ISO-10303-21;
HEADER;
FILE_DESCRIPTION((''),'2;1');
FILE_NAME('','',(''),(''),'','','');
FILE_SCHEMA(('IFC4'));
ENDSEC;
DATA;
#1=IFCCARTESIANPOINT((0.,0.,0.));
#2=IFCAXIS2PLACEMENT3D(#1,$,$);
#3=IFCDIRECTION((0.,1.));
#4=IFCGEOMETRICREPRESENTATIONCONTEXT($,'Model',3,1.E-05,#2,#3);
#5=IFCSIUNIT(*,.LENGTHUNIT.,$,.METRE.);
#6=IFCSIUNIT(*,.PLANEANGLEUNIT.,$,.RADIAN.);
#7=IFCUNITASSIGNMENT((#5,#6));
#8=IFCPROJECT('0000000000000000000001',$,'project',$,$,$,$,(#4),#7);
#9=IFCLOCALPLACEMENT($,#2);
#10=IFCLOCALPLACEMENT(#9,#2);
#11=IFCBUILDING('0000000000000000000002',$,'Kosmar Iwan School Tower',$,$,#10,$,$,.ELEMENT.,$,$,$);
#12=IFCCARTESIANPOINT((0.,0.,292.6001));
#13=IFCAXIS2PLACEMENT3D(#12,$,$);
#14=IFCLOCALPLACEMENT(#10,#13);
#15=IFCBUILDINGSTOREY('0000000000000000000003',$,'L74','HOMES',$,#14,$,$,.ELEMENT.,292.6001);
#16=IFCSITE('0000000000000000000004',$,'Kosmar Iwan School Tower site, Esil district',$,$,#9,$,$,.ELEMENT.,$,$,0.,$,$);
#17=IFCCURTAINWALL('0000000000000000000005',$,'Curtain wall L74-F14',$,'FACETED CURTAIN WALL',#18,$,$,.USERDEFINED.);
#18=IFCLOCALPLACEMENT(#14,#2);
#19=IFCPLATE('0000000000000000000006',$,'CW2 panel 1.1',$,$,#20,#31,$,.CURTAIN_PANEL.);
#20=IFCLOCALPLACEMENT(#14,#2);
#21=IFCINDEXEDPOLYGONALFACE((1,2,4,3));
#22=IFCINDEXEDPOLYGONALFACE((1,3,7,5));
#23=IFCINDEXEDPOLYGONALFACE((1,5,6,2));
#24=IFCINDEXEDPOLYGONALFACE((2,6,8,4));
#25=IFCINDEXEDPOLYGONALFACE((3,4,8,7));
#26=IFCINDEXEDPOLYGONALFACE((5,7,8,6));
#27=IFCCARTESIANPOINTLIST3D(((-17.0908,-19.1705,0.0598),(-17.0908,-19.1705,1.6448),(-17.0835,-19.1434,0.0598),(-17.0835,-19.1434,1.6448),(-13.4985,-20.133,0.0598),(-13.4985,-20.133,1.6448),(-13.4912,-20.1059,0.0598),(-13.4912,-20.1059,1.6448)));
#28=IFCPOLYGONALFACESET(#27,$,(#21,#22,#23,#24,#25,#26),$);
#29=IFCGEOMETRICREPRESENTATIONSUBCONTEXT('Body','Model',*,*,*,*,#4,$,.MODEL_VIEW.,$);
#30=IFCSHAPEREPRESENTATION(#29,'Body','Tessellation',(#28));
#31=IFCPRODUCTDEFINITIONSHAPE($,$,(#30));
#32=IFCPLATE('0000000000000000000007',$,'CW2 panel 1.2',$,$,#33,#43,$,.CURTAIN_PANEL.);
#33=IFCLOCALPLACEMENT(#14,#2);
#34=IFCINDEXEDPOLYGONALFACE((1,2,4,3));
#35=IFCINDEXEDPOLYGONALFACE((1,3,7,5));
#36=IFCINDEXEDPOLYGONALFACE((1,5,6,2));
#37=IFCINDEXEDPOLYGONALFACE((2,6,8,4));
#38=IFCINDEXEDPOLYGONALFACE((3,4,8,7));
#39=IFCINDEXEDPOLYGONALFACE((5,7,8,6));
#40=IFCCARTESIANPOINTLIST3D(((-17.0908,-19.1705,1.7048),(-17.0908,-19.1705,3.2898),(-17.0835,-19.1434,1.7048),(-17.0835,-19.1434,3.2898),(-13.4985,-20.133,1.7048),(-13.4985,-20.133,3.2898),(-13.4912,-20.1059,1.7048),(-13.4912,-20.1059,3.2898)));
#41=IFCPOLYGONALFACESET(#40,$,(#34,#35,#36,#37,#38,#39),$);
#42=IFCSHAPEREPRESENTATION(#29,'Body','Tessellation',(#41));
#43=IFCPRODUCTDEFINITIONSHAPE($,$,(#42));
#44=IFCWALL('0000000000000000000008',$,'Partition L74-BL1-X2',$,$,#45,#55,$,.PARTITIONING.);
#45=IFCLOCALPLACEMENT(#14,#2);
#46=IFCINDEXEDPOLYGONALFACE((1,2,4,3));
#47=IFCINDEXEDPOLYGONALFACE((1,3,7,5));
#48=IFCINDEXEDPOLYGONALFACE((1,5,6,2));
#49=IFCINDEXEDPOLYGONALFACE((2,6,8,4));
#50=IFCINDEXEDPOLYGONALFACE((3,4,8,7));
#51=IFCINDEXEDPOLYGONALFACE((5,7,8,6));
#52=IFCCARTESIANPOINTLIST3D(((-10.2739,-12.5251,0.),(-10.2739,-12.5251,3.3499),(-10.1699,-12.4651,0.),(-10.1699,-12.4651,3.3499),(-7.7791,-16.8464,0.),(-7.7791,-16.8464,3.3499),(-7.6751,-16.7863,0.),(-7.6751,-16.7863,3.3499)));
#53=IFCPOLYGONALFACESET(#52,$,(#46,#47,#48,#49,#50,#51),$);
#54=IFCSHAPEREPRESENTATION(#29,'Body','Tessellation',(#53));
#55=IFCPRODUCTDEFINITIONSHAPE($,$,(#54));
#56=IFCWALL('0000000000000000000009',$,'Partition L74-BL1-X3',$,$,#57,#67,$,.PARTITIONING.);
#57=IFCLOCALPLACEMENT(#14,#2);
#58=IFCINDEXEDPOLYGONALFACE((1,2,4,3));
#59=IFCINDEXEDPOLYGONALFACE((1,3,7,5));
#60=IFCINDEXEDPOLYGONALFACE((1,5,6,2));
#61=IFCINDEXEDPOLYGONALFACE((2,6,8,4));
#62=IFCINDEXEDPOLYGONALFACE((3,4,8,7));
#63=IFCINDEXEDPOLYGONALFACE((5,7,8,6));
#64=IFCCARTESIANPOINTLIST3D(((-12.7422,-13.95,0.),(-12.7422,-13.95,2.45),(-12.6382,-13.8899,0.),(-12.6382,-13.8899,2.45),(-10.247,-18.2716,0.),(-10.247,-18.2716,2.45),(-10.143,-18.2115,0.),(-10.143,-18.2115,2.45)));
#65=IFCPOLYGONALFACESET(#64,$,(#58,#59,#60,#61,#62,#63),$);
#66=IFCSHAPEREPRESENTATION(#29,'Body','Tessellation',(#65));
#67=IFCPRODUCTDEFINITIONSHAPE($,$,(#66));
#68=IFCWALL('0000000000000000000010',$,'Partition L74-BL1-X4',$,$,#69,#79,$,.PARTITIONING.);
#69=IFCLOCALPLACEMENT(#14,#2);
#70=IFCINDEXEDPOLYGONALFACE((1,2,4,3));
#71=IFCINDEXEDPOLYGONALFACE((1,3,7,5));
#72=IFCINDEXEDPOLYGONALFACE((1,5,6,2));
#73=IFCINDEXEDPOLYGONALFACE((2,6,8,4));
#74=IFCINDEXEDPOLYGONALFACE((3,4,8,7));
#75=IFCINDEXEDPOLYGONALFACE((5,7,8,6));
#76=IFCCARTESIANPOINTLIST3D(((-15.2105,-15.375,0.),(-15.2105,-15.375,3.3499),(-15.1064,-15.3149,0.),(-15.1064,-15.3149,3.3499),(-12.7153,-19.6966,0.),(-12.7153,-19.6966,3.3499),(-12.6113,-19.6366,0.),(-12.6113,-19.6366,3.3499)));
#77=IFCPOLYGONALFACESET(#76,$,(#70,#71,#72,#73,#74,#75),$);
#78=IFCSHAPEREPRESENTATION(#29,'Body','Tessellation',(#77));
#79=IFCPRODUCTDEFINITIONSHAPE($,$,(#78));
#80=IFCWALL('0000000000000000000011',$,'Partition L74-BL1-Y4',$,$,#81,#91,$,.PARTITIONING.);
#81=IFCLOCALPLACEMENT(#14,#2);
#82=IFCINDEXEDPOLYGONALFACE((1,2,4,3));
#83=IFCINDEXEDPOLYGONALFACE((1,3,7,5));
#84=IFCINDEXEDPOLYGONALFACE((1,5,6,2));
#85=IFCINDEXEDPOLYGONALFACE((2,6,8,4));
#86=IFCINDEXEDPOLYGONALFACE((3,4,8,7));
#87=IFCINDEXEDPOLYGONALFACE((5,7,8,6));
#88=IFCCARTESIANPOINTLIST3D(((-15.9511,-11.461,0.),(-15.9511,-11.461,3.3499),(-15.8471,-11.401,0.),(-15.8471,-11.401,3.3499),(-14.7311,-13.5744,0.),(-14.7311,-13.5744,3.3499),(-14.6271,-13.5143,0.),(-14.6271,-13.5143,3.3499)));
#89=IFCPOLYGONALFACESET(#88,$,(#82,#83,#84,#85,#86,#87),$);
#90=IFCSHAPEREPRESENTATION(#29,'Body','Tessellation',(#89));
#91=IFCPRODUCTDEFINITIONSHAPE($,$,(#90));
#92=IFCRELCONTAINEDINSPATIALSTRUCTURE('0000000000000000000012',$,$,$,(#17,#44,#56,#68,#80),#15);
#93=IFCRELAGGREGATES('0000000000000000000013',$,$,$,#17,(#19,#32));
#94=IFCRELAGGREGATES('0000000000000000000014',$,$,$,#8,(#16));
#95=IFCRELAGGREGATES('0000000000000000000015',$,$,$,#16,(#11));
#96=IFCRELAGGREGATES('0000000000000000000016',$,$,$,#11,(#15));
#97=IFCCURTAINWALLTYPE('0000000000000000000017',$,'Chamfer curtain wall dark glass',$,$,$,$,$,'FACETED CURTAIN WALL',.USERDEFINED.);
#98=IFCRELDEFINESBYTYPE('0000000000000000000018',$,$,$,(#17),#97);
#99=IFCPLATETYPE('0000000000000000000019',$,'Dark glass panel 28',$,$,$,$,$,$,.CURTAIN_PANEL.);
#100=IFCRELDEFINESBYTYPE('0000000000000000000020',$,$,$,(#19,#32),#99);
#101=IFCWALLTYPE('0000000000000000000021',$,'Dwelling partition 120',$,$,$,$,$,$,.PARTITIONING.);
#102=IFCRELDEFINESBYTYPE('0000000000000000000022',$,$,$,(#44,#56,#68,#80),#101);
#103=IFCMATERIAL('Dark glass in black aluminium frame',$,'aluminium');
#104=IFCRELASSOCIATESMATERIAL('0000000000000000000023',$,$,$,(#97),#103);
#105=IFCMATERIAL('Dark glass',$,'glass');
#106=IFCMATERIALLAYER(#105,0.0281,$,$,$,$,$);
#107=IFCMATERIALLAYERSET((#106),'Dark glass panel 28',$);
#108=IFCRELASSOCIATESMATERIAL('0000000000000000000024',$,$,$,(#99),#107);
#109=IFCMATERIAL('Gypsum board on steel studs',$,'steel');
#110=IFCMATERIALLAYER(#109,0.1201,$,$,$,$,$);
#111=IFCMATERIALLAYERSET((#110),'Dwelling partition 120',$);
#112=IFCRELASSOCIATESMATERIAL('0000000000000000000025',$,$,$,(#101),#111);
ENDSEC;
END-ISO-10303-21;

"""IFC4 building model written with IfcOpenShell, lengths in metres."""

from ifc_helpers import new_model, si_unit, direction, frame, frame_2d, origin, origin_2d, place, context, subcontext, project, spatial, rectangle, extrude, material, layer, layer_set, type_object, element, aggregate, save


model = new_model("IFC4")

# Units and contexts
model_context = context("Model", 3, precision=1e-05, world=origin(), true_north=direction((0.0, 1.0)))
body_context = subcontext(model_context, "Body", "Model", "MODEL_VIEW")
ifc_project = project(units=[si_unit("LENGTHUNIT", "METRE"), si_unit("PLANEANGLEUNIT", "RADIAN")], contexts=[model_context])

# Site, building, storey
site_placement = place(None, origin())
site = spatial("IfcSite", under=ifc_project, at=site_placement, Name="Kosmar Iwan School Tower site, Esil district", CompositionType="ELEMENT", RefElevation=0.0)
building_placement = place(site_placement, origin())
building = spatial("IfcBuilding", under=site, at=building_placement, Name="Kosmar Iwan School Tower", CompositionType="ELEMENT")
storey_placement = place(building_placement, frame((0.0, 0.0, 292.6001)))
storey = spatial("IfcBuildingStorey", under=building, at=storey_placement, Name="L74", Description="HOMES", CompositionType="ELEMENT", Elevation=292.6001)

# Curtain wall
ifc_material_1 = material(Name="Dark glass in black aluminium frame", Category="aluminium")
curtain_wall_type = type_object("IfcCurtainWallType", Name="Chamfer curtain wall dark glass", ElementType="FACETED CURTAIN WALL", PredefinedType="USERDEFINED", material=ifc_material_1)
curtain_wall_placement = place(storey_placement, origin())
curtain_wall = element("IfcCurtainWall", 1, at=curtain_wall_placement, inside=storey, type_object=curtain_wall_type, Name="Curtain wall L74-F14", ObjectType="FACETED CURTAIN WALL", PredefinedType="USERDEFINED")

# Plates
ifc_material_2 = material(Name="Dark glass", Category="glass")
ifc_layer_1 = layer(ifc_material_2, 0.0281)
ifc_layer_set_1 = layer_set([ifc_layer_1], Name="Dark glass panel 28")
plate_type = type_object("IfcPlateType", Name="Dark glass panel 28", PredefinedType="CURTAIN_PANEL", material=ifc_layer_set_1)
plate_1_placement = place(storey_placement, frame((-15.291, -19.6382, 0.0598), z_axis=(0.0, 0.0, 1.0), x_axis=(0.965926, -0.258819, 0.0)))
plate_1 = element("IfcPlate", 2, at=plate_1_placement, type_object=plate_type, Name="CW2 panel 1.1", PredefinedType="CURTAIN_PANEL", context=body_context, shape_type="SweptSolid", body=[
    extrude(rectangle(XDim=3.719, YDim=0.0281, at=origin_2d()), origin(), (0.0, 0.0, 1.0), 1.585),
])
plate_2_placement = place(storey_placement, frame((-15.291, -19.6382, 1.7048), z_axis=(0.0, 0.0, 1.0), x_axis=(0.965926, -0.258819, 0.0)))
plate_2 = element("IfcPlate", 3, at=plate_2_placement, type_object=plate_type, Name="CW2 panel 1.2", PredefinedType="CURTAIN_PANEL", context=body_context, shape_type="SweptSolid", body=[
    extrude(rectangle(XDim=3.719, YDim=0.0281, at=origin_2d()), origin(), (0.0, 0.0, 1.0), 1.585),
])
aggregate(curtain_wall, [plate_1, plate_2])

# Walls
ifc_material_3 = material(Name="Gypsum board on steel studs", Category="steel")
ifc_layer_2 = layer(ifc_material_3, 0.1201)
ifc_layer_set_2 = layer_set([ifc_layer_2], Name="Dwelling partition 120")
wall_type = type_object("IfcWallType", Name="Dwelling partition 120", PredefinedType="PARTITIONING", material=ifc_layer_set_2)
wall_1_placement = place(storey_placement, frame((-10.2219, -12.4951, 0.0), z_axis=(0.0, 0.0, 1.0), x_axis=(0.499996, -0.866028, 0.0)))
element("IfcWall", 4, at=wall_1_placement, inside=storey, type_object=wall_type, Name="Partition L74-BL1-X2", PredefinedType="PARTITIONING", context=body_context, shape_type="SweptSolid", body=[
    extrude(rectangle(XDim=4.9897, YDim=0.1201, at=frame_2d((2.4949, 0.0))), origin(), (0.0, 0.0, 1.0), 3.3499),
])
wall_2_placement = place(storey_placement, frame((-12.6902, -13.9199, 0.0), z_axis=(0.0, 0.0, 1.0), x_axis=(0.500012, -0.866019, 0.0)))
element("IfcWall", 5, at=wall_2_placement, inside=storey, type_object=wall_type, Name="Partition L74-BL1-X3", PredefinedType="PARTITIONING", context=body_context, shape_type="SweptSolid", body=[
    extrude(rectangle(XDim=4.9902, YDim=0.1201, at=frame_2d((2.4951, 0.0))), origin(), (0.0, 0.0, 1.0), 2.45),
])
wall_3_placement = place(storey_placement, frame((-15.1584, -15.345, 0.0), z_axis=(0.0, 0.0, 1.0), x_axis=(0.500012, -0.866019, 0.0)))
element("IfcWall", 6, at=wall_3_placement, inside=storey, type_object=wall_type, Name="Partition L74-BL1-X4", PredefinedType="PARTITIONING", context=body_context, shape_type="SweptSolid", body=[
    extrude(rectangle(XDim=4.9902, YDim=0.1201, at=frame_2d((2.4951, 0.0))), origin(), (0.0, 0.0, 1.0), 3.3499),
])
wall_4_placement = place(storey_placement, frame((-15.8992, -11.4309, 0.0), z_axis=(0.0, 0.0, 1.0), x_axis=(0.499959, -0.866049, 0.0)))
element("IfcWall", 7, at=wall_4_placement, inside=storey, type_object=wall_type, Name="Partition L74-BL1-Y4", PredefinedType="PARTITIONING", context=body_context, shape_type="SweptSolid", body=[
    extrude(rectangle(XDim=2.4402, YDim=0.1201, at=frame_2d((1.2202, 0.0))), origin(), (0.0, 0.0, 1.0), 3.3499),
])

save(model, "model.ifc")
